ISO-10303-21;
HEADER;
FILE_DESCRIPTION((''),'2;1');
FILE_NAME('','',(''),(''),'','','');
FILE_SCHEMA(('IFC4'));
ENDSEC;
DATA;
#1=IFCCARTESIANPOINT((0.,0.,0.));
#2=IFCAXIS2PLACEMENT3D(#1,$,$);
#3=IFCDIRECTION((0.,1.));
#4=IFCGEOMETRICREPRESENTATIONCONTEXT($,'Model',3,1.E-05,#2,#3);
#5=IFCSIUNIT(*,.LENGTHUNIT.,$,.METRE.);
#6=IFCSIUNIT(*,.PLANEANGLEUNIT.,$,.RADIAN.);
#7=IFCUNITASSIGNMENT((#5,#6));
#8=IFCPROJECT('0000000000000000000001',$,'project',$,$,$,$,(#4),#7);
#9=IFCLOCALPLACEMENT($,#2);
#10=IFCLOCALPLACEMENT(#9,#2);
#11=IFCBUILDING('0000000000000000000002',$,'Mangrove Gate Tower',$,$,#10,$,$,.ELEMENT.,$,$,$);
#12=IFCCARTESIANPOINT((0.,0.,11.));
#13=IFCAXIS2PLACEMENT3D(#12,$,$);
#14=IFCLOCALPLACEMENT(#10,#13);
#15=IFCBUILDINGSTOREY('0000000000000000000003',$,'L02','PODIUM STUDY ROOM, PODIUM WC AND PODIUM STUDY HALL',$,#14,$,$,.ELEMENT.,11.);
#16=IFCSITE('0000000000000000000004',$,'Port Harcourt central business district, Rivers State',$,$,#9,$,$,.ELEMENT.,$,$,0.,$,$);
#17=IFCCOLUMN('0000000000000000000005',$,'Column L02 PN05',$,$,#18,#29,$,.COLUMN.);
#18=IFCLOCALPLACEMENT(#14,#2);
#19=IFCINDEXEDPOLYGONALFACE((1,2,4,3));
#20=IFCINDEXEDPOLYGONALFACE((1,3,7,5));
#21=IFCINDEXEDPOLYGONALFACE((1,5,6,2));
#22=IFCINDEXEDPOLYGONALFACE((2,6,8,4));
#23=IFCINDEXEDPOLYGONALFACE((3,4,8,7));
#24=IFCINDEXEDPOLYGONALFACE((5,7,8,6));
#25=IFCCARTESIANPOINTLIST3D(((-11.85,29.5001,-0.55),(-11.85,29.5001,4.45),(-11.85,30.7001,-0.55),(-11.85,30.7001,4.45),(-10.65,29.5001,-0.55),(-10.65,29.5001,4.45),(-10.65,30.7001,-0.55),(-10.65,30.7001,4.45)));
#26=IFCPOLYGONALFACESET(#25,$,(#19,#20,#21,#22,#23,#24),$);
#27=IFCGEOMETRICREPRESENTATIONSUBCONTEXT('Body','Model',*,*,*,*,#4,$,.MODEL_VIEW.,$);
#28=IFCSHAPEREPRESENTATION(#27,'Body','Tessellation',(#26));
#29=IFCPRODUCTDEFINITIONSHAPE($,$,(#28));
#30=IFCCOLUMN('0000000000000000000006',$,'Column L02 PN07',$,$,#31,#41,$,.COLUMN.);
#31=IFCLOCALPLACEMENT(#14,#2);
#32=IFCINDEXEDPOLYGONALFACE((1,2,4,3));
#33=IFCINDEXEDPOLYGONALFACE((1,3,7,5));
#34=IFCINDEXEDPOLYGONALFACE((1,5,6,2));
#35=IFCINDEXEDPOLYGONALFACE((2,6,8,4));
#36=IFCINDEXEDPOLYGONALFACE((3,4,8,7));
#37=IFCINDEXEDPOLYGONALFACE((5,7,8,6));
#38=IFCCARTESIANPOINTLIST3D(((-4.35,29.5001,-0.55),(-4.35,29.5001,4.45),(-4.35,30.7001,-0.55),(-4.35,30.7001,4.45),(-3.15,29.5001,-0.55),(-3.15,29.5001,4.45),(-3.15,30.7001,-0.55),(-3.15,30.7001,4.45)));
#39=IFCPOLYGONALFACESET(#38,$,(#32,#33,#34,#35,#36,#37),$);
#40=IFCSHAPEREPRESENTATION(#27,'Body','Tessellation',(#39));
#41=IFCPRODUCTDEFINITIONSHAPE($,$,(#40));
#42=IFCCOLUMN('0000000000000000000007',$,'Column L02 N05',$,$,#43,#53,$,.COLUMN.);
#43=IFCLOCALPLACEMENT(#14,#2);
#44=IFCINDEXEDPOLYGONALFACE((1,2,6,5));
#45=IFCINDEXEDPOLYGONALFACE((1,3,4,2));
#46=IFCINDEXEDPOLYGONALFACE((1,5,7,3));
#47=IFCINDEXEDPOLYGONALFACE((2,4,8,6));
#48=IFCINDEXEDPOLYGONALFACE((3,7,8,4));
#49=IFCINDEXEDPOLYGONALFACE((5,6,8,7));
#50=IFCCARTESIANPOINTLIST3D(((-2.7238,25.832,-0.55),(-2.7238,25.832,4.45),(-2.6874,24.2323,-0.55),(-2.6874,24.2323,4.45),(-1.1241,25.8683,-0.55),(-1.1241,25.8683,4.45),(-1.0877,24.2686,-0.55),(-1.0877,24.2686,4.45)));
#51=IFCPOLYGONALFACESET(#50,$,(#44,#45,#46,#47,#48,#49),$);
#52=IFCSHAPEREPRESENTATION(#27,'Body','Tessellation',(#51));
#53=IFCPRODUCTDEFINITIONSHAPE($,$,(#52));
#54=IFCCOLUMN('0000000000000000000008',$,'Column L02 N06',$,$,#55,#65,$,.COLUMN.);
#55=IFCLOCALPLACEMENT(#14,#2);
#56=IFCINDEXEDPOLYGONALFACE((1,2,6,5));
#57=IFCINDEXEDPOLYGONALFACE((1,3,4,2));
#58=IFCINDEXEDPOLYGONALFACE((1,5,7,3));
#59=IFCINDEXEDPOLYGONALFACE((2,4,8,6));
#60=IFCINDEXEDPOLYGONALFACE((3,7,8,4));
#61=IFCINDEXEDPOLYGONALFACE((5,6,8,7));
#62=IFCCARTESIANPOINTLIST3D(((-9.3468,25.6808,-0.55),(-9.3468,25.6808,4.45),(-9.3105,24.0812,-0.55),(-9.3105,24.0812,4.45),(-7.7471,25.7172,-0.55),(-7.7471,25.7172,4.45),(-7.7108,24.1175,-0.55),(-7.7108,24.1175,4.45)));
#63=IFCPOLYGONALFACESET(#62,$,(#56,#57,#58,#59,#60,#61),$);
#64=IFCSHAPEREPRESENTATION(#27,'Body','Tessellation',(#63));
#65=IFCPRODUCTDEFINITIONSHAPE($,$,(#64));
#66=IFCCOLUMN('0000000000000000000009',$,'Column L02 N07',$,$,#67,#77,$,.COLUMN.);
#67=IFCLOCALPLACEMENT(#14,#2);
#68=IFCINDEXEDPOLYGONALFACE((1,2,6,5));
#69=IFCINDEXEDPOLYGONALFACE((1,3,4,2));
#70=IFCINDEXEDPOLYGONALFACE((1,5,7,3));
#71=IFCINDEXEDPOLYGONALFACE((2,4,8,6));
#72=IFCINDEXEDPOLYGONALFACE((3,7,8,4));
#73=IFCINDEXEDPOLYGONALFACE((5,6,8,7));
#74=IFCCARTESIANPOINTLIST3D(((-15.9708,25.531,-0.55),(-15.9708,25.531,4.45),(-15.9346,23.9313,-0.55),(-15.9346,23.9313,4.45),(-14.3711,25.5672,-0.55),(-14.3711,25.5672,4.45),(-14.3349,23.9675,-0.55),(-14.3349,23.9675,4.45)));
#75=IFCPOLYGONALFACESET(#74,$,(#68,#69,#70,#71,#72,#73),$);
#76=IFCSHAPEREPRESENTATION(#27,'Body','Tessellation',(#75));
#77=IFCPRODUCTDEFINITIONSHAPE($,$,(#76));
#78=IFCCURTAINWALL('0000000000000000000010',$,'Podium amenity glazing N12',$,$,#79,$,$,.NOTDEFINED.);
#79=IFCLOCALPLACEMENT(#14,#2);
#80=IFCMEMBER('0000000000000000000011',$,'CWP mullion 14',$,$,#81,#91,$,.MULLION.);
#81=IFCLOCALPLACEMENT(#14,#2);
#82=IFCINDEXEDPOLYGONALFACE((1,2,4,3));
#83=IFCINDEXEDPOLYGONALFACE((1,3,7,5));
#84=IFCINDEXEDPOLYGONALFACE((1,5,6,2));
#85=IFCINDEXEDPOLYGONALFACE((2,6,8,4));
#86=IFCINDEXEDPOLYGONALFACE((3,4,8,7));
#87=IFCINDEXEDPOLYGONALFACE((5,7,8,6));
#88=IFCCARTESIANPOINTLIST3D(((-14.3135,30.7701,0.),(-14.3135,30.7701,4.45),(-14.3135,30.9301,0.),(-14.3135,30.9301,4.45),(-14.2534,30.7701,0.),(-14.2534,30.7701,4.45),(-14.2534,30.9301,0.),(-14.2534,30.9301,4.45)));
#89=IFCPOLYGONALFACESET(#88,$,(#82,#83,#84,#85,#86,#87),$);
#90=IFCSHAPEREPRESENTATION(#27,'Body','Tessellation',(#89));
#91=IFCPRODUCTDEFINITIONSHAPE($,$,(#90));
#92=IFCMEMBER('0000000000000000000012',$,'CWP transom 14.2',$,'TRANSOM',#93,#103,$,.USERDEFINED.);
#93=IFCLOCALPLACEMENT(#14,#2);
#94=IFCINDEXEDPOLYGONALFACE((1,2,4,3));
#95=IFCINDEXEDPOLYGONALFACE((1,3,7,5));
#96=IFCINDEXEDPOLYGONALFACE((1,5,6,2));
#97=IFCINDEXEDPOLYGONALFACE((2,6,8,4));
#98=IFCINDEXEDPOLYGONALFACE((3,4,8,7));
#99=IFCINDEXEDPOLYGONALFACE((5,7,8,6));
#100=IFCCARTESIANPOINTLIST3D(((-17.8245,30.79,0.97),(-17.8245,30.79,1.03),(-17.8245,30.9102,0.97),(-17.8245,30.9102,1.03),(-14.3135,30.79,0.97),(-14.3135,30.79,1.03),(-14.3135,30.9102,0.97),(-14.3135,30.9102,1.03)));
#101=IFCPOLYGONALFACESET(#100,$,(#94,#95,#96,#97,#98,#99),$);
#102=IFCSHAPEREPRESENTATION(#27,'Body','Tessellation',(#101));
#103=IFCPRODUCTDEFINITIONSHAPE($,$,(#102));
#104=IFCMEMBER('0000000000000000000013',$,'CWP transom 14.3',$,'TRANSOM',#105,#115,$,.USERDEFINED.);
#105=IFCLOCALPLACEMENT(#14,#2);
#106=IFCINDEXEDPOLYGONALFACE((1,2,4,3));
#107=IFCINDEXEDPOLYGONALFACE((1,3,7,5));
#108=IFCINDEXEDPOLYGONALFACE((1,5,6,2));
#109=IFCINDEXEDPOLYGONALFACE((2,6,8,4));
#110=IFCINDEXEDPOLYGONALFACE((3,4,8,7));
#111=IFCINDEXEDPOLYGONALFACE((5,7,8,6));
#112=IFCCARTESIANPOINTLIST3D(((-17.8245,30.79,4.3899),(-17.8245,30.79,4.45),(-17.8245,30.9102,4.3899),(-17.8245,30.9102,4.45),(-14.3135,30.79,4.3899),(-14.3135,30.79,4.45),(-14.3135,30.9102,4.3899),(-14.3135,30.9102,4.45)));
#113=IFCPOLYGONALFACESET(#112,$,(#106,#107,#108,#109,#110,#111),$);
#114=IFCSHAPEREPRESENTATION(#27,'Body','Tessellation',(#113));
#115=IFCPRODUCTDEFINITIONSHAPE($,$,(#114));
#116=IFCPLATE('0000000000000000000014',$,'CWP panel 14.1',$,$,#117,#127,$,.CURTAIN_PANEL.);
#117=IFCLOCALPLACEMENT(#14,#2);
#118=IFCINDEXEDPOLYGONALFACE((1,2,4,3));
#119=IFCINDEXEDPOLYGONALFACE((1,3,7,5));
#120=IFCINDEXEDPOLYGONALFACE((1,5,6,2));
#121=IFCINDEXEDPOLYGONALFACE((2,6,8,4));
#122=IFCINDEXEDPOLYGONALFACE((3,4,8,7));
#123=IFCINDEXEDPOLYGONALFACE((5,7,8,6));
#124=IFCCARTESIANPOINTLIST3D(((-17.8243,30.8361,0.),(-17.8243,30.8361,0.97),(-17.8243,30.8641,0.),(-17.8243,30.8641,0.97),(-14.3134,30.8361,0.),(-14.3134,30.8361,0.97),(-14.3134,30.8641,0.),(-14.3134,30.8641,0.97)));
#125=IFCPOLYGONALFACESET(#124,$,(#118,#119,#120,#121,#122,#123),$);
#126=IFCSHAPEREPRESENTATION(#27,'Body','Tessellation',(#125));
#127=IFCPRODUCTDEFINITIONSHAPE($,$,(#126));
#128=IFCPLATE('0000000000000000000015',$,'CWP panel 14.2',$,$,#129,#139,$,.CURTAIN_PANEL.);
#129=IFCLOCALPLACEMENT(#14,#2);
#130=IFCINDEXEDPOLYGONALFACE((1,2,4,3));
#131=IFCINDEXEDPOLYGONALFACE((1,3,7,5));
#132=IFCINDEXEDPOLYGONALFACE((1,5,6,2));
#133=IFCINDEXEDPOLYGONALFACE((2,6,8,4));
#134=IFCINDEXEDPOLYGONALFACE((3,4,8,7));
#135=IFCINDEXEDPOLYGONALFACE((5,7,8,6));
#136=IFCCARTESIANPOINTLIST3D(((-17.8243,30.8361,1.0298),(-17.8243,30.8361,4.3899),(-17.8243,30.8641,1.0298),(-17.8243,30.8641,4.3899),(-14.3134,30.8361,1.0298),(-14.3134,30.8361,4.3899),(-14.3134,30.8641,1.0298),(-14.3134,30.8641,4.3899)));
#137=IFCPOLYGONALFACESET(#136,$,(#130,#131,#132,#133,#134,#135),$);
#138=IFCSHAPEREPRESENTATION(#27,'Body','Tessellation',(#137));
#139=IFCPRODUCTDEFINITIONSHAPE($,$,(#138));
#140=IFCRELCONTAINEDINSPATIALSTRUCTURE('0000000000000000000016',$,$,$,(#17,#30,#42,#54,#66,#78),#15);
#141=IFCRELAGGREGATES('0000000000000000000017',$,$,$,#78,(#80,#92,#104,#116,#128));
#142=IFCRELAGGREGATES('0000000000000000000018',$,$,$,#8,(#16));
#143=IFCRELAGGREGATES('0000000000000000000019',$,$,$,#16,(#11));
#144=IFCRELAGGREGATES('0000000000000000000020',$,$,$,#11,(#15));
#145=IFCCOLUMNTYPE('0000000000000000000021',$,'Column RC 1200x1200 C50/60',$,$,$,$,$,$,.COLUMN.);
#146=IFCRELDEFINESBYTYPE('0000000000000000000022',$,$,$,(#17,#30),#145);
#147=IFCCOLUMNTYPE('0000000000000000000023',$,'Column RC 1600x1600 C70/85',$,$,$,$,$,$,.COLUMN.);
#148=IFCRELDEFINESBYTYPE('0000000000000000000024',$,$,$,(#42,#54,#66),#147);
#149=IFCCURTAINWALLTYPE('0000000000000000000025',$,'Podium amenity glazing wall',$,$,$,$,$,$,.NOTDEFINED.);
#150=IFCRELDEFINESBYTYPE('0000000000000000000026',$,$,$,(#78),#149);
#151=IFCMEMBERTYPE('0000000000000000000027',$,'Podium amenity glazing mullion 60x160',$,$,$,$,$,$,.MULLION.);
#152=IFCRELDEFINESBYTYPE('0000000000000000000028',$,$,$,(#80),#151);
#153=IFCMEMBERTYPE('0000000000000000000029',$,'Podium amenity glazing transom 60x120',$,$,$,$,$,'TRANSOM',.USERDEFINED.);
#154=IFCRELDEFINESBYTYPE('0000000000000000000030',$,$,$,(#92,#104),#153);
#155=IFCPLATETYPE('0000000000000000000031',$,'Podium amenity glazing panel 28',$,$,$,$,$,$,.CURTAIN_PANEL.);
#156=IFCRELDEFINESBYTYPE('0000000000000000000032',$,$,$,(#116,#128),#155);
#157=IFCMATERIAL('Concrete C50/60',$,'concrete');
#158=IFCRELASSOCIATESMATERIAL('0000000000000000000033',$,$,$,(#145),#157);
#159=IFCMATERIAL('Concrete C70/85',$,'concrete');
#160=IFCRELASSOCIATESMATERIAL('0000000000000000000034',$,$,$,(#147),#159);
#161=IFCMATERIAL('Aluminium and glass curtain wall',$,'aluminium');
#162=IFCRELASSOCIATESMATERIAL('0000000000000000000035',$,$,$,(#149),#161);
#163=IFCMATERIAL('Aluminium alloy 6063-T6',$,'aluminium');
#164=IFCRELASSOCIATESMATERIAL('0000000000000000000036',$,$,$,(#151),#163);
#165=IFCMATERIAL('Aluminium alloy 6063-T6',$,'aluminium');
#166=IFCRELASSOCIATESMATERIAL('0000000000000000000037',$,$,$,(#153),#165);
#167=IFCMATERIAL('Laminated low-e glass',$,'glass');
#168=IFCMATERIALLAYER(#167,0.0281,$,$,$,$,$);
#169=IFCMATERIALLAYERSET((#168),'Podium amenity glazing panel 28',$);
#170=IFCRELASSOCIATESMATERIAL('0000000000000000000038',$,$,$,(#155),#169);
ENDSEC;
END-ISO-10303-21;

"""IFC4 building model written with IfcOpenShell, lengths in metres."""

from ifc_helpers import new_model, si_unit, direction, frame, origin, origin_2d, place, context, subcontext, project, spatial, rectangle, extrude, material, layer, layer_set, material_profile, profile_set, type_object, element, aggregate, save


model = new_model("IFC4")

# Units and contexts
model_context = context("Model", 3, precision=1e-05, world=origin(), true_north=direction((0.0, 1.0)))
body_context = subcontext(model_context, "Body", "Model", "MODEL_VIEW")
ifc_project = project(units=[si_unit("LENGTHUNIT", "METRE"), si_unit("PLANEANGLEUNIT", "RADIAN")], contexts=[model_context])

# Site, building, storey
site_placement = place(None, origin())
site = spatial("IfcSite", under=ifc_project, at=site_placement, Name="Port Harcourt central business district, Rivers State", CompositionType="ELEMENT", RefElevation=0.0)
building_placement = place(site_placement, origin())
building = spatial("IfcBuilding", under=site, at=building_placement, Name="Mangrove Gate Tower", CompositionType="ELEMENT")
storey_placement = place(building_placement, frame((0.0, 0.0, 11.0)))
storey = spatial("IfcBuildingStorey", under=building, at=storey_placement, Name="L02", Description="PODIUM STUDY ROOM, PODIUM WC AND PODIUM STUDY HALL", CompositionType="ELEMENT", Elevation=11.0)

# Columns
ifc_material_1 = material(Name="Concrete C50/60", Category="concrete")
ifc_material_profile_1 = material_profile(ifc_material_1, rectangle(XDim=1.2, YDim=1.2, at=origin_2d()))
ifc_profile_set_1 = profile_set([ifc_material_profile_1], Name="Concrete C50/60")
column_type_1 = type_object("IfcColumnType", Name="Column RC 1200x1200 C50/60", PredefinedType="COLUMN", material=ifc_profile_set_1)
for number, where, z_axis, x_axis, name in (
    (1, (-11.25, 30.1001, -0.55), (0.0, 0.0, 1.0), (1.0, 0.0, 0.0), "Column L02 PN05"),
    (2, (-3.75, 30.1001, -0.55), (0.0, 0.0, 1.0), (1.0, 0.0, 0.0), "Column L02 PN07"),
):
    element("IfcColumn", number, at=place(storey_placement, frame(where, z_axis=z_axis, x_axis=x_axis)), inside=storey, type_object=column_type_1, Name=name, PredefinedType="COLUMN", context=body_context, shape_type="SweptSolid", body=[
        extrude(rectangle(XDim=1.2, YDim=1.2, at=origin_2d()), origin(), (0.0, 0.0, 1.0), 5.0),
    ])
ifc_material_2 = material(Name="Concrete C70/85", Category="concrete")
ifc_material_profile_2 = material_profile(ifc_material_2, rectangle(XDim=1.6001, YDim=1.6001, at=origin_2d()))
ifc_profile_set_2 = profile_set([ifc_material_profile_2], Name="Concrete C70/85")
column_type_2 = type_object("IfcColumnType", Name="Column RC 1600x1600 C70/85", PredefinedType="COLUMN", material=ifc_profile_set_2)
for number, where, z_axis, x_axis, name in (
    (3, (-1.9058, 25.0503, -0.55), (0.0, 0.0, 1.0), (-0.999742, -0.022718, 0.0), "Column L02 N05"),
    (4, (-8.5288, 24.8992, -0.55), (0.0, 0.0, 1.0), (-0.999742, -0.022716, 0.0), "Column L02 N06"),
    (5, (-15.1528, 24.7493, -0.55), (0.0, 0.0, 1.0), (-0.999744, -0.022641, 0.0), "Column L02 N07"),
):
    element("IfcColumn", number, at=place(storey_placement, frame(where, z_axis=z_axis, x_axis=x_axis)), inside=storey, type_object=column_type_2, Name=name, PredefinedType="COLUMN", context=body_context, shape_type="SweptSolid", body=[
        extrude(rectangle(XDim=1.6001, YDim=1.6001, at=origin_2d()), origin(), (0.0, 0.0, 1.0), 5.0),
    ])

# Curtain wall, members, plates
ifc_material_3 = material(Name="Aluminium and glass curtain wall", Category="aluminium")
curtain_wall_type = type_object("IfcCurtainWallType", Name="Podium amenity glazing wall", PredefinedType="NOTDEFINED", material=ifc_material_3)
curtain_wall_placement = place(storey_placement, origin())
curtain_wall = element("IfcCurtainWall", 6, at=curtain_wall_placement, inside=storey, type_object=curtain_wall_type, Name="Podium amenity glazing N12", PredefinedType="NOTDEFINED")
ifc_material_4 = material(Name="Aluminium alloy 6063-T6", Category="aluminium")
ifc_material_profile_3 = material_profile(ifc_material_4, rectangle(XDim=0.0601, YDim=0.1599, at=origin_2d()))
ifc_profile_set_3 = profile_set([ifc_material_profile_3], Name="Aluminium alloy 6063-T6")
member_type_1 = type_object("IfcMemberType", Name="Podium amenity glazing mullion 60x160", PredefinedType="MULLION", material=ifc_profile_set_3)
member_1_placement = place(storey_placement, frame((-14.2834, 30.8501, 0.0), z_axis=(0.0, 0.0, 1.0), x_axis=(-1.0, 0.0, 0.0)))
member_1 = element("IfcMember", 7, at=member_1_placement, type_object=member_type_1, Name="CWP mullion 14", PredefinedType="MULLION", context=body_context, shape_type="SweptSolid", body=[
    extrude(rectangle(XDim=0.0601, YDim=0.1599, at=origin_2d()), origin(), (0.0, 0.0, 1.0), 4.45),
])
ifc_material_5 = material(Name="Aluminium alloy 6063-T6", Category="aluminium")
ifc_material_profile_4 = material_profile(ifc_material_5, rectangle(XDim=0.0601, YDim=0.1201, at=origin_2d()))
ifc_profile_set_4 = profile_set([ifc_material_profile_4], Name="Aluminium alloy 6063-T6")
member_type_2 = type_object("IfcMemberType", Name="Podium amenity glazing transom 60x120", ElementType="TRANSOM", PredefinedType="USERDEFINED", material=ifc_profile_set_4)
member_2_placement = place(storey_placement, frame((-14.3135, 30.8501, 1.0), z_axis=(-1.0, 0.0, 0.0), x_axis=(0.0, 0.0, 1.0)))
member_2 = element("IfcMember", 8, at=member_2_placement, type_object=member_type_2, Name="CWP transom 14.2", ObjectType="TRANSOM", PredefinedType="USERDEFINED", context=body_context, shape_type="SweptSolid", body=[
    extrude(rectangle(XDim=0.0601, YDim=0.1201, at=origin_2d()), origin(), (0.0, 0.0, 1.0), 3.511),
])
member_3_placement = place(storey_placement, frame((-14.3135, 30.8501, 4.4199), z_axis=(-1.0, 0.0, 0.0), x_axis=(0.0, 0.0, 1.0)))
member_3 = element("IfcMember", 9, at=member_3_placement, type_object=member_type_2, Name="CWP transom 14.3", ObjectType="TRANSOM", PredefinedType="USERDEFINED", context=body_context, shape_type="SweptSolid", body=[
    extrude(rectangle(XDim=0.0601, YDim=0.1201, at=origin_2d()), origin(), (0.0, 0.0, 1.0), 3.511),
])
ifc_material_6 = material(Name="Laminated low-e glass", Category="glass")
ifc_layer_1 = layer(ifc_material_6, 0.0281)
ifc_layer_set_1 = layer_set([ifc_layer_1], Name="Podium amenity glazing panel 28")
plate_type = type_object("IfcPlateType", Name="Podium amenity glazing panel 28", PredefinedType="CURTAIN_PANEL", material=ifc_layer_set_1)
plate_1_placement = place(storey_placement, frame((-16.0688, 30.8501, 0.0), z_axis=(0.0, 0.0, 1.0), x_axis=(-1.0, 0.0, 0.0)))
plate_1 = element("IfcPlate", 10, at=plate_1_placement, type_object=plate_type, Name="CWP panel 14.1", PredefinedType="CURTAIN_PANEL", context=body_context, shape_type="SweptSolid", body=[
    extrude(rectangle(XDim=3.511, YDim=0.0281, at=origin_2d()), origin(), (0.0, 0.0, 1.0), 0.97),
])
plate_2_placement = place(storey_placement, frame((-16.0688, 30.8501, 1.0298), z_axis=(0.0, 0.0, 1.0), x_axis=(-1.0, 0.0, 0.0)))
plate_2 = element("IfcPlate", 11, at=plate_2_placement, type_object=plate_type, Name="CWP panel 14.2", PredefinedType="CURTAIN_PANEL", context=body_context, shape_type="SweptSolid", body=[
    extrude(rectangle(XDim=3.511, YDim=0.0281, at=origin_2d()), origin(), (0.0, 0.0, 1.0), 3.3601),
])
aggregate(curtain_wall, [member_1, member_2, member_3, plate_1, plate_2])

save(model, "model.ifc")
